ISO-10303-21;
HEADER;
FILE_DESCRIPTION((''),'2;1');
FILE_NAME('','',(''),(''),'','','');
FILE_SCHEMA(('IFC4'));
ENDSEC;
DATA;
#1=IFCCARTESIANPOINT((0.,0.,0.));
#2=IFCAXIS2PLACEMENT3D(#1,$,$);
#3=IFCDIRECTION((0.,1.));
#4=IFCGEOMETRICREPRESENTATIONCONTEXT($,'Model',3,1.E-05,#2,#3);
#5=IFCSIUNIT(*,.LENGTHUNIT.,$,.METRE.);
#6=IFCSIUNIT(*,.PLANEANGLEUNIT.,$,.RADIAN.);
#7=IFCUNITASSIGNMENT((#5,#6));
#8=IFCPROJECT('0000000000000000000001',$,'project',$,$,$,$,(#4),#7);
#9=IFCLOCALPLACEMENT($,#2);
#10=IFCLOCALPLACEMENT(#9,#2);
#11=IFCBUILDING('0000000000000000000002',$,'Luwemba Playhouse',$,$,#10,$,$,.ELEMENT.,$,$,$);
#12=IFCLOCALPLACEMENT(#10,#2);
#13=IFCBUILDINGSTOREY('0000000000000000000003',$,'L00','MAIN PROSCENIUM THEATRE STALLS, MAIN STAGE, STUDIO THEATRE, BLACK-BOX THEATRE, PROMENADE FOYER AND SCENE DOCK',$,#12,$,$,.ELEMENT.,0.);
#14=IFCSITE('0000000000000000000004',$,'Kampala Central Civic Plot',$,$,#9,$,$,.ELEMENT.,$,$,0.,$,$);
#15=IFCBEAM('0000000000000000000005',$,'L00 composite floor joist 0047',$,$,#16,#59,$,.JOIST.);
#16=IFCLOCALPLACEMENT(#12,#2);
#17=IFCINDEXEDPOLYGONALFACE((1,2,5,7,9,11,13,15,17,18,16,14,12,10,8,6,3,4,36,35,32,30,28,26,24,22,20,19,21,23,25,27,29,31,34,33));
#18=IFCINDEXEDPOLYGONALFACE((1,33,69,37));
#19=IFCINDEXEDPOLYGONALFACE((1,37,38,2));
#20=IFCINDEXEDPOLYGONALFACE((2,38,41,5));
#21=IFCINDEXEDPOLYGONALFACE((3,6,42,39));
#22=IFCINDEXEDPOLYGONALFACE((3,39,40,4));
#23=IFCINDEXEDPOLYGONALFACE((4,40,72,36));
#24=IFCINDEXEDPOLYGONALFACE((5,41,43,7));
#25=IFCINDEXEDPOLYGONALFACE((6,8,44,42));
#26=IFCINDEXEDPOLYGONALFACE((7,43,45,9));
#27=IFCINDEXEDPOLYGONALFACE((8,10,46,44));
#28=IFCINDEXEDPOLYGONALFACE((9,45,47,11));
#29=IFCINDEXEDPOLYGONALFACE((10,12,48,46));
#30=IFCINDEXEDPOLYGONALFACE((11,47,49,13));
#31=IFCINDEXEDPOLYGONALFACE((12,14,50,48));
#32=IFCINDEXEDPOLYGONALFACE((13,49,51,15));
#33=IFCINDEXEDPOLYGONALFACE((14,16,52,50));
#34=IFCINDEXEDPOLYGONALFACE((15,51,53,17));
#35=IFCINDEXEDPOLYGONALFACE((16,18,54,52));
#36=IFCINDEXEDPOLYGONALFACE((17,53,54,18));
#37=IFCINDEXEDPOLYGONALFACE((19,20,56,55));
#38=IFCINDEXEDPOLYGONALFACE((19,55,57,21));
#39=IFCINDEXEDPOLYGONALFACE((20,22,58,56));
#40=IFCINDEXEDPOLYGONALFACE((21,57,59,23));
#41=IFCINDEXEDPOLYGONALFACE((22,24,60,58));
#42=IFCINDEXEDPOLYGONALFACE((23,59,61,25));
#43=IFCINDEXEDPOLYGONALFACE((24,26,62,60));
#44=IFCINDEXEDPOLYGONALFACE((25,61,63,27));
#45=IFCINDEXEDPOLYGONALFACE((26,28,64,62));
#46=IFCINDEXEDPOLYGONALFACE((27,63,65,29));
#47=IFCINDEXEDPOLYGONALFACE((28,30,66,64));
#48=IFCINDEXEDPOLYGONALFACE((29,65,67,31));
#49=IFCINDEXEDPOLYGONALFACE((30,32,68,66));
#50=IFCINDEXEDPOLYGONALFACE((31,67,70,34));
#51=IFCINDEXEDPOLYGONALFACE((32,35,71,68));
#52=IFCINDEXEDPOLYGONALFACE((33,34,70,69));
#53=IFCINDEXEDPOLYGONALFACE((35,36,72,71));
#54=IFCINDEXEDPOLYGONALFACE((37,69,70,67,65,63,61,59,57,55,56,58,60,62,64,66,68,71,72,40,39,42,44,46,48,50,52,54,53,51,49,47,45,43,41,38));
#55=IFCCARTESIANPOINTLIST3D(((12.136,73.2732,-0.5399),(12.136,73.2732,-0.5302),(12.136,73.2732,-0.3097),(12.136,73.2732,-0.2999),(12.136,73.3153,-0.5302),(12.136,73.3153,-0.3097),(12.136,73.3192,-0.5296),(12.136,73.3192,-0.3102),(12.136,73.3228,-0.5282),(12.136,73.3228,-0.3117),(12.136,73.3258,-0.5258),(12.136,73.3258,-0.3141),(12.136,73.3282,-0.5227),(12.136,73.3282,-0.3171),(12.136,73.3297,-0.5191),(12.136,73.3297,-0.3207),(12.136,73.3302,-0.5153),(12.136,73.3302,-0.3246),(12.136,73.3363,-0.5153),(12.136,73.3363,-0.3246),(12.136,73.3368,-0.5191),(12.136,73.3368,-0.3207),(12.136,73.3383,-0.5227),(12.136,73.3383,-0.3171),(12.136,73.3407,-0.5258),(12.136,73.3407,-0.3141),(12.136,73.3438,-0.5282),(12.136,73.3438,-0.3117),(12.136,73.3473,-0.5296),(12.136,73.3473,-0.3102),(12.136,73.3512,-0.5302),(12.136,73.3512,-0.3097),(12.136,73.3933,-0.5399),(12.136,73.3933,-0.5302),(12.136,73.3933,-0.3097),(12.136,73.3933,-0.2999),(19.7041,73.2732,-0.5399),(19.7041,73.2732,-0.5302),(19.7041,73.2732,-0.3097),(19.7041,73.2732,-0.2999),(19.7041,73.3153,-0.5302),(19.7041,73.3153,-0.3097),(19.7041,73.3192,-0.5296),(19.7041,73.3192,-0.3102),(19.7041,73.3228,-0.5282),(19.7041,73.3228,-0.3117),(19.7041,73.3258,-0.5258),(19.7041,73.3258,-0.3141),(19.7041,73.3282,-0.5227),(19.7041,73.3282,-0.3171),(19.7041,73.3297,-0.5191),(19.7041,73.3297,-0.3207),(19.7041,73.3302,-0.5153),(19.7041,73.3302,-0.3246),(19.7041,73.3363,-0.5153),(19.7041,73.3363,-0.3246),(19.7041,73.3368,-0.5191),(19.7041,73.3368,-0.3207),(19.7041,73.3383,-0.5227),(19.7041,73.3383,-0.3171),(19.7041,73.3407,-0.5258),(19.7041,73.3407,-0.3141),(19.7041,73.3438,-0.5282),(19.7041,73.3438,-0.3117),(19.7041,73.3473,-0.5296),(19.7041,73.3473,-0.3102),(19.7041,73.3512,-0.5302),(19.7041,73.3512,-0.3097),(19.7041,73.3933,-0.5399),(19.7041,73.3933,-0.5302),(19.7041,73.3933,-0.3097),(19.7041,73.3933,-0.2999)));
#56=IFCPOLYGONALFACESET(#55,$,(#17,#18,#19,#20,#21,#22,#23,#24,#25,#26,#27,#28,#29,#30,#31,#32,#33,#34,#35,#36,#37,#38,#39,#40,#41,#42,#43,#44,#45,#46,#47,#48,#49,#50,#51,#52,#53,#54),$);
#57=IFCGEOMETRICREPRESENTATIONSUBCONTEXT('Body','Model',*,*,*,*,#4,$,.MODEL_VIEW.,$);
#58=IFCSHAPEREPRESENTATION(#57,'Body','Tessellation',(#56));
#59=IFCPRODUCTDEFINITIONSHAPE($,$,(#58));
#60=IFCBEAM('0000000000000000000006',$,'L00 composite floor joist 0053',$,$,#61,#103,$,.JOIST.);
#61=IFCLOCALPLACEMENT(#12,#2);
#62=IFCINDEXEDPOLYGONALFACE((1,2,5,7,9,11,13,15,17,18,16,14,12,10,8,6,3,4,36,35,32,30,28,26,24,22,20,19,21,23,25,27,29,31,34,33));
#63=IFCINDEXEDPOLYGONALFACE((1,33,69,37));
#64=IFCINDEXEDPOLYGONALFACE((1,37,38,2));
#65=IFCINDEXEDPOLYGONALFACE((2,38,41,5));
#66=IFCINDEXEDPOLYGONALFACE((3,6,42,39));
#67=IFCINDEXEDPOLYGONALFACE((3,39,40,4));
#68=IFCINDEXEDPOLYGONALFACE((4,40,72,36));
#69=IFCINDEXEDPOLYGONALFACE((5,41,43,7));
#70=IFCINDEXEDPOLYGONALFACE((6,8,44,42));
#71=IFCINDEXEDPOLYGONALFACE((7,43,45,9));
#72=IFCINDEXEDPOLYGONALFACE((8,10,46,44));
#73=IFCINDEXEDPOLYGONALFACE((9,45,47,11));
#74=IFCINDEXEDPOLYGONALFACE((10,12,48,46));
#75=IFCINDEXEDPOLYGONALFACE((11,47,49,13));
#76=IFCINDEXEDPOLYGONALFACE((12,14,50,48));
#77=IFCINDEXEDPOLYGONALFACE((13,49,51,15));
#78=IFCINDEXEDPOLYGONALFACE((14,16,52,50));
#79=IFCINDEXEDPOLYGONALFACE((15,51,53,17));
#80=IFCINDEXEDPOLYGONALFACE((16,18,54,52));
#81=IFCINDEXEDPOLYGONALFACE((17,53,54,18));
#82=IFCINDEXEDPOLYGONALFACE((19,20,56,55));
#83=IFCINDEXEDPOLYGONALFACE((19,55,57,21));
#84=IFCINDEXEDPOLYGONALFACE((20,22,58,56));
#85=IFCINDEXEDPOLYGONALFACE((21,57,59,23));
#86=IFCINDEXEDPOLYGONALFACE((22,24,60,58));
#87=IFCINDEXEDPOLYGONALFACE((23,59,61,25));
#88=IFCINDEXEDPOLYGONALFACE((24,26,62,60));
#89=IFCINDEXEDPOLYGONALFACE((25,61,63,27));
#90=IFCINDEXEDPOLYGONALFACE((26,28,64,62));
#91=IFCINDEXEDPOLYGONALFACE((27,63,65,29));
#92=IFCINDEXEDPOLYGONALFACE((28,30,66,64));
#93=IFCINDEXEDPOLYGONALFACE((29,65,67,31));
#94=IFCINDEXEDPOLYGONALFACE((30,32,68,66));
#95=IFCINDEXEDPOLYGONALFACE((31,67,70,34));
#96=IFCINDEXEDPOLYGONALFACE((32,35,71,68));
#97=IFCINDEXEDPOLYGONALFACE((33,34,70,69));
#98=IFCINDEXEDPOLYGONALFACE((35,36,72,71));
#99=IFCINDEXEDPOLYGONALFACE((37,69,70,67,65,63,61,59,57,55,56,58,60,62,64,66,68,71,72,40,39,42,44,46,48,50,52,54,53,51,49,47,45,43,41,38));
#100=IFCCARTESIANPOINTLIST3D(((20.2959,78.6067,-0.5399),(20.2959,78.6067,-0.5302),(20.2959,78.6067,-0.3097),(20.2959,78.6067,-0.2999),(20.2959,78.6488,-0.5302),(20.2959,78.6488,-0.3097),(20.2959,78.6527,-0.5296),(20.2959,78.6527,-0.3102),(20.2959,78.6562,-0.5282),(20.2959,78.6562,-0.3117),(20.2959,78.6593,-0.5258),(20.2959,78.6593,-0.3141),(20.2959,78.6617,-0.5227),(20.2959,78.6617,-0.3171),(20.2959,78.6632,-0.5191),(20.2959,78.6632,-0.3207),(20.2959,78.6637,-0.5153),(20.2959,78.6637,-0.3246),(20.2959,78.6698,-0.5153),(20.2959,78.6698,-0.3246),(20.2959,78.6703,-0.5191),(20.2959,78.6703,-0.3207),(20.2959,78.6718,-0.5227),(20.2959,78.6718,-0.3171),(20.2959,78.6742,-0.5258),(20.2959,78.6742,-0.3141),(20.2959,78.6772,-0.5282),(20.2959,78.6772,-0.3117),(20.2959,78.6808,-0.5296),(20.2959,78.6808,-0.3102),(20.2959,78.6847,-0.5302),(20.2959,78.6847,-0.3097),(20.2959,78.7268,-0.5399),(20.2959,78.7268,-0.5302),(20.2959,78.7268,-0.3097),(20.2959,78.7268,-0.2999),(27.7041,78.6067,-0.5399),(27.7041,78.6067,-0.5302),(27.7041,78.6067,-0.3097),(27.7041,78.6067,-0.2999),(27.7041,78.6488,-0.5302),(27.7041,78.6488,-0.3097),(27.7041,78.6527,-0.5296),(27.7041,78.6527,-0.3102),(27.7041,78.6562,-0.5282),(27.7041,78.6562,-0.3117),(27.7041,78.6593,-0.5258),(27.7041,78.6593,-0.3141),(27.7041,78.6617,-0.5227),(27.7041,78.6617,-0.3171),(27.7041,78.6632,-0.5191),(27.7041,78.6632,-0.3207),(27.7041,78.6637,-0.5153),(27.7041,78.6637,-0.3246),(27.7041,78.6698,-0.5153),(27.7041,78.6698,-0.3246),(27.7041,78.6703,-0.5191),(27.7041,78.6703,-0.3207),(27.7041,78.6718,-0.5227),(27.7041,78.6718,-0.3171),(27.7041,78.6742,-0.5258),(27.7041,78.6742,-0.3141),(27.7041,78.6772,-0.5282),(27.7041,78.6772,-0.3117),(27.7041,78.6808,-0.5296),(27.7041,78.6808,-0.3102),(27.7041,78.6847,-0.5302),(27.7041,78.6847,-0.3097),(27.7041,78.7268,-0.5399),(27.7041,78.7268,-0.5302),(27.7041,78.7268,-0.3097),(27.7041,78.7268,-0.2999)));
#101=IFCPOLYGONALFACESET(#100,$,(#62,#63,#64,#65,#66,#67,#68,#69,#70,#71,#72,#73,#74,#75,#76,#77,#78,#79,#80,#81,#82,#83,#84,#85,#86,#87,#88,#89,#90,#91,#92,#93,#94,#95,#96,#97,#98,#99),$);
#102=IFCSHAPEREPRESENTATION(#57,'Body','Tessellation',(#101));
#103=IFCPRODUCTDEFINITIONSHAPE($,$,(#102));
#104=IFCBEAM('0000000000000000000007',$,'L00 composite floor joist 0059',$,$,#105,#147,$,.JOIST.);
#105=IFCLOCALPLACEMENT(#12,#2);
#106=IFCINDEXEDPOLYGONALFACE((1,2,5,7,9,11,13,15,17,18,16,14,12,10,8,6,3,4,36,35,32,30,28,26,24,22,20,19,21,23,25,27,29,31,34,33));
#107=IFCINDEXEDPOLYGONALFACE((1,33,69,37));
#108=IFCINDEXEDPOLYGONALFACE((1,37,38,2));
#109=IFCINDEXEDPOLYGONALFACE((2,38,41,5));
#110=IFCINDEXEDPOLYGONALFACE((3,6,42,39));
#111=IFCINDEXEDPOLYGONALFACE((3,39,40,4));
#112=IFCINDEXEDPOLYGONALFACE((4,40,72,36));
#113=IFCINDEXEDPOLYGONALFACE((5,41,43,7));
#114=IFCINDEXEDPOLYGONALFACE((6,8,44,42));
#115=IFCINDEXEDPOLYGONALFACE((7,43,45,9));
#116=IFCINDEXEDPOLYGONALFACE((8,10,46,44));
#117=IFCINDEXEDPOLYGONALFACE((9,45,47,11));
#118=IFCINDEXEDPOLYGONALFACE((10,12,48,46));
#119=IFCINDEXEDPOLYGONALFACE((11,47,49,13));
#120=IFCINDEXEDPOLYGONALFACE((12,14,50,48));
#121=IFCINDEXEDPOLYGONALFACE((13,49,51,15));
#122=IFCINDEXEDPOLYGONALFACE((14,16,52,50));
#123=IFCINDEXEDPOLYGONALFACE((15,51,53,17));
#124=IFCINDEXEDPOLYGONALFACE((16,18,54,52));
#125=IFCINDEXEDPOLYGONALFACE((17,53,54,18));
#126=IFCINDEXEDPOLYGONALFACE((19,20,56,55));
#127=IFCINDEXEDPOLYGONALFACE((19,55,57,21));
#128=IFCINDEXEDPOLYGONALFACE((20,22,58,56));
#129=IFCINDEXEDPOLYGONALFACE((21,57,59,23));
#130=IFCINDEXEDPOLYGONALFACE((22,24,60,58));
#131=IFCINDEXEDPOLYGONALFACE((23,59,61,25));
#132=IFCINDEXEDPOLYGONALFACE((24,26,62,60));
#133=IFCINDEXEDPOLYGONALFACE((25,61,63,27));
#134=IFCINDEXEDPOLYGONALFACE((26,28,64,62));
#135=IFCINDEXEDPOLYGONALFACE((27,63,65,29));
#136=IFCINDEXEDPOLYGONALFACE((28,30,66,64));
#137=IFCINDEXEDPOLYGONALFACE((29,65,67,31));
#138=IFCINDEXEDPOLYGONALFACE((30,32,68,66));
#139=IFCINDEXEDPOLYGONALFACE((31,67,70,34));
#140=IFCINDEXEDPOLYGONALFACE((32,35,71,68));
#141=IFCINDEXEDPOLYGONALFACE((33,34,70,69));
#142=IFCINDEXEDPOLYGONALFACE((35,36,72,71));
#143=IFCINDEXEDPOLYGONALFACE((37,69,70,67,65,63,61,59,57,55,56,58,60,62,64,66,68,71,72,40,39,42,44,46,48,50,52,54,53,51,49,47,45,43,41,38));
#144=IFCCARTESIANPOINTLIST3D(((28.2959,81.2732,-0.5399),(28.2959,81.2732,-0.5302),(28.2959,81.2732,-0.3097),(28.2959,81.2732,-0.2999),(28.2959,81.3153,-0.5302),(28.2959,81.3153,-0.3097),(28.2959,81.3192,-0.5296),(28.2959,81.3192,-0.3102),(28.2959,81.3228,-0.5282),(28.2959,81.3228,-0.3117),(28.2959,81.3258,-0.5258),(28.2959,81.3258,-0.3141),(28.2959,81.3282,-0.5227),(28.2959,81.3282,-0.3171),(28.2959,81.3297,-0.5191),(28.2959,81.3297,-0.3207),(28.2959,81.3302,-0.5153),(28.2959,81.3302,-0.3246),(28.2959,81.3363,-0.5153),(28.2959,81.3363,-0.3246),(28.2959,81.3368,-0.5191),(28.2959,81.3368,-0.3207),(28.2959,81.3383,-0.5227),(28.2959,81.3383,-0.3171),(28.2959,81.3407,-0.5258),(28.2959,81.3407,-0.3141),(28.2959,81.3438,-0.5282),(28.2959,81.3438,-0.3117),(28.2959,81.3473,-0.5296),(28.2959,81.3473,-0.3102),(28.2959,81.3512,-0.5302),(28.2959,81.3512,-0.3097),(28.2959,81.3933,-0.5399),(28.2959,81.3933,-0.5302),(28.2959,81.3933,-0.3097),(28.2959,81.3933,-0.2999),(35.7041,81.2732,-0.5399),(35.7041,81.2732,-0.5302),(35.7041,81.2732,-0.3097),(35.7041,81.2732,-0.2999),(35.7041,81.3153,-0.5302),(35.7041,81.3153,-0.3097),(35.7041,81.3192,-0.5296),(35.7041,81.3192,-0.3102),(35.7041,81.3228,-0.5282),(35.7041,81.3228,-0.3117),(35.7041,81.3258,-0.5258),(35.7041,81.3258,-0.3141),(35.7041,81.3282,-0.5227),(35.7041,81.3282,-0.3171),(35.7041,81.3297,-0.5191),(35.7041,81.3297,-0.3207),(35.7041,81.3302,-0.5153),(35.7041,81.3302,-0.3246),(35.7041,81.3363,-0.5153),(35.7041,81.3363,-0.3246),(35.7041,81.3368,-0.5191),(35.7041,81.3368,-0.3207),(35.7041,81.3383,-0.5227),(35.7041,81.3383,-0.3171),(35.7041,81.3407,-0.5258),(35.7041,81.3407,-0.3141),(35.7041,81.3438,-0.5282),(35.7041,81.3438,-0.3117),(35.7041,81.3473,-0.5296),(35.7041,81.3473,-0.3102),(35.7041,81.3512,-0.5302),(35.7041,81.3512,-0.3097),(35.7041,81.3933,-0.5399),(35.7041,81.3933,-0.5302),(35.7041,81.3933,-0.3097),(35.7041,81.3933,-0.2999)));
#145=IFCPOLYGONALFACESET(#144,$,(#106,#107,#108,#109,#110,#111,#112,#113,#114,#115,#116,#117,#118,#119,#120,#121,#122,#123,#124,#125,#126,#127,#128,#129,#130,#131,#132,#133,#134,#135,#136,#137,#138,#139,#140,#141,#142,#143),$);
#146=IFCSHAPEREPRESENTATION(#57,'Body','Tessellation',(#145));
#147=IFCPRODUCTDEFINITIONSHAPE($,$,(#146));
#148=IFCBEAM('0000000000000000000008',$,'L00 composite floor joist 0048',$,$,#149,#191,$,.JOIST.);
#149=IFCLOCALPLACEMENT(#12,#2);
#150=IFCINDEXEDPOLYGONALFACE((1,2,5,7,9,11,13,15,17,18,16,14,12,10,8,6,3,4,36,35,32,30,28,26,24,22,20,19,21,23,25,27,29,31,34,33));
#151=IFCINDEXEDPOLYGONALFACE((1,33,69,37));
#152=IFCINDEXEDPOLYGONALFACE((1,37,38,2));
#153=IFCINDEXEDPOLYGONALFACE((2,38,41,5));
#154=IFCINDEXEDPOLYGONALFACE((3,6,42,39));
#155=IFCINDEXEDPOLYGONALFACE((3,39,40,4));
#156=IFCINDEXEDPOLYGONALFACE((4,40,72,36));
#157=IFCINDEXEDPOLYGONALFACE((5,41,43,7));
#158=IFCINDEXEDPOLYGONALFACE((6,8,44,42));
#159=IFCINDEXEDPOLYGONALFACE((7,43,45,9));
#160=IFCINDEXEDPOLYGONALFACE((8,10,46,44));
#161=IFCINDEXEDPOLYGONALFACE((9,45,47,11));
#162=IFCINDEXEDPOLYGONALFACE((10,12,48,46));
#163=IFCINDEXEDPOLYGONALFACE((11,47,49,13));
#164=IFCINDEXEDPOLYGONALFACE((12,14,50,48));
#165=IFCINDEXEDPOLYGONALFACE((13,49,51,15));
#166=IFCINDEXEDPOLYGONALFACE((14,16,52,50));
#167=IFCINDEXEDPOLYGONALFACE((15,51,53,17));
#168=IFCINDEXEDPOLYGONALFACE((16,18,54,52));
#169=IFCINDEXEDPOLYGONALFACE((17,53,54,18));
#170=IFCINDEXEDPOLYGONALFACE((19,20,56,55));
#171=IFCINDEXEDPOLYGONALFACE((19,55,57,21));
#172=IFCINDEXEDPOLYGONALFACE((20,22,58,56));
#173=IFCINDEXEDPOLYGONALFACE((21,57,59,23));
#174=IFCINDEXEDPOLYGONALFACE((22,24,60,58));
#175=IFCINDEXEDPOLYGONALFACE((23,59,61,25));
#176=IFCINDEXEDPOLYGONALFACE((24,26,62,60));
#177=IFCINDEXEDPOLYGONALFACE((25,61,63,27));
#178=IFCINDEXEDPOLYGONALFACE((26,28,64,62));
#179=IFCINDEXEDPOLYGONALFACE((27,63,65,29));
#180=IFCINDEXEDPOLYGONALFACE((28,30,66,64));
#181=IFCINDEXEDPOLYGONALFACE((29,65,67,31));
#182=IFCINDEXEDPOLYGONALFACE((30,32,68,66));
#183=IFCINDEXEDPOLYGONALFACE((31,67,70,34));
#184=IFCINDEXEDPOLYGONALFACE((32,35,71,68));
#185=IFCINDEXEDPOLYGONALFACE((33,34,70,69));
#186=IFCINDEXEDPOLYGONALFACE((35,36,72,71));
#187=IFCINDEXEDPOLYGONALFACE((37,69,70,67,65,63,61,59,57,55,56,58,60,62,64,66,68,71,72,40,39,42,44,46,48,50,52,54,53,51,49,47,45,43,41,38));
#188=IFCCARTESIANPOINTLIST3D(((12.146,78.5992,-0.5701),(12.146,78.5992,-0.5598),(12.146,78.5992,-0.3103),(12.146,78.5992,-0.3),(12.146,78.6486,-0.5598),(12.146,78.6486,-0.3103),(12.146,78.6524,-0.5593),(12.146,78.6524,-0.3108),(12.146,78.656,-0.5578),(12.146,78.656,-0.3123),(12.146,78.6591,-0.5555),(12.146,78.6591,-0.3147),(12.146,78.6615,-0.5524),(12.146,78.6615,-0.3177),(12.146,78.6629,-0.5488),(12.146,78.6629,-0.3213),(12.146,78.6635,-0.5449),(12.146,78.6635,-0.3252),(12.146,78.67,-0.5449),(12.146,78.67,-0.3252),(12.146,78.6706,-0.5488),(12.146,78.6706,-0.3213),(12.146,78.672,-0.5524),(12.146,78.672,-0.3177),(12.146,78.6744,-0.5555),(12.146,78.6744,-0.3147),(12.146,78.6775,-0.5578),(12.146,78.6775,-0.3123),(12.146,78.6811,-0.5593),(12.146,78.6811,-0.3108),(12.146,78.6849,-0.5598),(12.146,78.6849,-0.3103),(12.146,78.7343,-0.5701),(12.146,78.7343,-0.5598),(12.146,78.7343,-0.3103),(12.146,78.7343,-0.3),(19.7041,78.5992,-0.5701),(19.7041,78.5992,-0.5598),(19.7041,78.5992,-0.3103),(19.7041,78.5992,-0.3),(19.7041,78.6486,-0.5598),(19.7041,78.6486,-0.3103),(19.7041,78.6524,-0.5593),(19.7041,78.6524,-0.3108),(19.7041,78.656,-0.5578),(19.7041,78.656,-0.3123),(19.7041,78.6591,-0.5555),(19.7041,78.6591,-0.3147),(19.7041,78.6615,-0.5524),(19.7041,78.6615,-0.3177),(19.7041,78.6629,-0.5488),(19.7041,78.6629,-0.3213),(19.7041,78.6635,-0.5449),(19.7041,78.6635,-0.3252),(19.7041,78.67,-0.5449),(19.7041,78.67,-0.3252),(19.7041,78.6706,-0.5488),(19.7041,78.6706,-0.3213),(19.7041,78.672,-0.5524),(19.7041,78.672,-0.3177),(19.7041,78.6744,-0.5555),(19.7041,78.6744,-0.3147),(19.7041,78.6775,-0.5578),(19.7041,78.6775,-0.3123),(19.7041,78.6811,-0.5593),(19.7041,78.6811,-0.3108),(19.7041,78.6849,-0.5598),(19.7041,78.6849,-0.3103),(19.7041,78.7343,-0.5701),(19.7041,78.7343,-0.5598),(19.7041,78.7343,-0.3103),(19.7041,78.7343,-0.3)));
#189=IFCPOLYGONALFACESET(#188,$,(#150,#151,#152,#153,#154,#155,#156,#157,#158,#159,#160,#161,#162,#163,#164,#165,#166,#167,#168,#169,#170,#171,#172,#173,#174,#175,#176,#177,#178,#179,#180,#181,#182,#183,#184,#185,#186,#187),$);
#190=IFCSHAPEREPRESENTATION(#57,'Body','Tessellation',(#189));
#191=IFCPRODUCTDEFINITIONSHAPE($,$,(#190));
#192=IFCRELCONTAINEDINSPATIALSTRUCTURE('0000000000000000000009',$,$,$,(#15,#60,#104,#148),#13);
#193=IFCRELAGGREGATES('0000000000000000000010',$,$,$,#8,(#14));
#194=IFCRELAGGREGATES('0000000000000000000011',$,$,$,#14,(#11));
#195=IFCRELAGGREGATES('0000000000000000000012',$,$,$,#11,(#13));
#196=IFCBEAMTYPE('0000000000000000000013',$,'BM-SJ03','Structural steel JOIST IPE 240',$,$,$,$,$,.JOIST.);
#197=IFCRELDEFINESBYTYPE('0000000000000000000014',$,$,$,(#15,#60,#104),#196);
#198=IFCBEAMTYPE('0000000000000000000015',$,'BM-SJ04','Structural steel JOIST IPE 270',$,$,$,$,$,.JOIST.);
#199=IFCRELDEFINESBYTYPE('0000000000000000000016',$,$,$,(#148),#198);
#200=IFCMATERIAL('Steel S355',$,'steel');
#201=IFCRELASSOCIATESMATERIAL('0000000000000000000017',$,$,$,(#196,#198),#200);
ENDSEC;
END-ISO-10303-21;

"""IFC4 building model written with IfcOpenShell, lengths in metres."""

from ifc_helpers import new_model, si_unit, direction, frame, origin, origin_2d, place, context, subcontext, project, spatial, i_section, extrude, material, material_profile, profile_set, type_object, element, save


model = new_model("IFC4")

# Units and contexts
model_context = context("Model", 3, precision=1e-05, world=origin(), true_north=direction((0.0, 1.0)))
body_context = subcontext(model_context, "Body", "Model", "MODEL_VIEW")
ifc_project = project(units=[si_unit("LENGTHUNIT", "METRE"), si_unit("PLANEANGLEUNIT", "RADIAN")], contexts=[model_context])

# Site, building, storey
site_placement = place(None, origin())
site = spatial("IfcSite", under=ifc_project, at=site_placement, Name="Kampala Central Civic Plot", CompositionType="ELEMENT", RefElevation=0.0)
building_placement = place(site_placement, origin())
building = spatial("IfcBuilding", under=site, at=building_placement, Name="Luwemba Playhouse", CompositionType="ELEMENT")
storey_placement = place(building_placement, origin())
storey = spatial("IfcBuildingStorey", under=building, at=storey_placement, Name="L00", Description="MAIN PROSCENIUM THEATRE STALLS, MAIN STAGE, STUDIO THEATRE, BLACK-BOX THEATRE, PROMENADE FOYER AND SCENE DOCK", CompositionType="ELEMENT", Elevation=0.0)

# Beams
ifc_material_1 = material(Name="Steel S355", Category="steel")
ifc_material_profile_1 = material_profile(ifc_material_1, i_section(OverallWidth=0.1201, OverallDepth=0.24, WebThickness=0.0061, FlangeThickness=0.0098, FilletRadius=0.0149, at=origin_2d()))
ifc_profile_set_1 = profile_set([ifc_material_profile_1], Name="Steel S355")
beam_type_1 = type_object("IfcBeamType", Name="BM-SJ03", Description="Structural steel JOIST IPE 240", PredefinedType="JOIST", material=ifc_profile_set_1)
beam_1_placement = place(storey_placement, frame((12.136, 73.3333, -0.4199), z_axis=(1.0, 0.0, 0.0), x_axis=(0.0, 1.0, 0.0)))
element("IfcBeam", 1, at=beam_1_placement, inside=storey, type_object=beam_type_1, Name="L00 composite floor joist 0047", PredefinedType="JOIST", context=body_context, shape_type="SweptSolid", body=[
    extrude(i_section(OverallWidth=0.1201, OverallDepth=0.24, WebThickness=0.0061, FlangeThickness=0.0098, FilletRadius=0.0149, at=origin_2d()), origin(), (0.0, 0.0, 1.0), 7.5681),
])
for number, where, z_axis, x_axis, name in (
    (2, (20.2959, 78.6667, -0.4199), (1.0, 0.0, 0.0), (0.0, 1.0, 0.0), "L00 composite floor joist 0053"),
    (3, (28.2959, 81.3333, -0.4199), (1.0, 0.0, 0.0), (0.0, 1.0, 0.0), "L00 composite floor joist 0059"),
):
    element("IfcBeam", number, at=place(storey_placement, frame(where, z_axis=z_axis, x_axis=x_axis)), inside=storey, type_object=beam_type_1, Name=name, PredefinedType="JOIST", context=body_context, shape_type="SweptSolid", body=[
        extrude(i_section(OverallWidth=0.1201, OverallDepth=0.24, WebThickness=0.0061, FlangeThickness=0.0098, FilletRadius=0.0149, at=origin_2d()), origin(), (0.0, 0.0, 1.0), 7.4082),
    ])
ifc_material_profile_2 = material_profile(ifc_material_1, i_section(OverallWidth=0.135, OverallDepth=0.27, WebThickness=0.0066, FlangeThickness=0.0103, FilletRadius=0.0149, at=origin_2d()))
ifc_profile_set_2 = profile_set([ifc_material_profile_2], Name="Steel S355")
beam_type_2 = type_object("IfcBeamType", Name="BM-SJ04", Description="Structural steel JOIST IPE 270", PredefinedType="JOIST", material=ifc_profile_set_2)
beam_2_placement = place(storey_placement, frame((12.146, 78.6667, -0.4351), z_axis=(1.0, 0.0, 0.0), x_axis=(0.0, 1.0, 0.0)))
element("IfcBeam", 4, at=beam_2_placement, inside=storey, type_object=beam_type_2, Name="L00 composite floor joist 0048", PredefinedType="JOIST", context=body_context, shape_type="SweptSolid", body=[
    extrude(i_section(OverallWidth=0.135, OverallDepth=0.27, WebThickness=0.0066, FlangeThickness=0.0103, FilletRadius=0.0149, at=origin_2d()), origin(), (0.0, 0.0, 1.0), 7.5581),
])

save(model, "model.ifc")
